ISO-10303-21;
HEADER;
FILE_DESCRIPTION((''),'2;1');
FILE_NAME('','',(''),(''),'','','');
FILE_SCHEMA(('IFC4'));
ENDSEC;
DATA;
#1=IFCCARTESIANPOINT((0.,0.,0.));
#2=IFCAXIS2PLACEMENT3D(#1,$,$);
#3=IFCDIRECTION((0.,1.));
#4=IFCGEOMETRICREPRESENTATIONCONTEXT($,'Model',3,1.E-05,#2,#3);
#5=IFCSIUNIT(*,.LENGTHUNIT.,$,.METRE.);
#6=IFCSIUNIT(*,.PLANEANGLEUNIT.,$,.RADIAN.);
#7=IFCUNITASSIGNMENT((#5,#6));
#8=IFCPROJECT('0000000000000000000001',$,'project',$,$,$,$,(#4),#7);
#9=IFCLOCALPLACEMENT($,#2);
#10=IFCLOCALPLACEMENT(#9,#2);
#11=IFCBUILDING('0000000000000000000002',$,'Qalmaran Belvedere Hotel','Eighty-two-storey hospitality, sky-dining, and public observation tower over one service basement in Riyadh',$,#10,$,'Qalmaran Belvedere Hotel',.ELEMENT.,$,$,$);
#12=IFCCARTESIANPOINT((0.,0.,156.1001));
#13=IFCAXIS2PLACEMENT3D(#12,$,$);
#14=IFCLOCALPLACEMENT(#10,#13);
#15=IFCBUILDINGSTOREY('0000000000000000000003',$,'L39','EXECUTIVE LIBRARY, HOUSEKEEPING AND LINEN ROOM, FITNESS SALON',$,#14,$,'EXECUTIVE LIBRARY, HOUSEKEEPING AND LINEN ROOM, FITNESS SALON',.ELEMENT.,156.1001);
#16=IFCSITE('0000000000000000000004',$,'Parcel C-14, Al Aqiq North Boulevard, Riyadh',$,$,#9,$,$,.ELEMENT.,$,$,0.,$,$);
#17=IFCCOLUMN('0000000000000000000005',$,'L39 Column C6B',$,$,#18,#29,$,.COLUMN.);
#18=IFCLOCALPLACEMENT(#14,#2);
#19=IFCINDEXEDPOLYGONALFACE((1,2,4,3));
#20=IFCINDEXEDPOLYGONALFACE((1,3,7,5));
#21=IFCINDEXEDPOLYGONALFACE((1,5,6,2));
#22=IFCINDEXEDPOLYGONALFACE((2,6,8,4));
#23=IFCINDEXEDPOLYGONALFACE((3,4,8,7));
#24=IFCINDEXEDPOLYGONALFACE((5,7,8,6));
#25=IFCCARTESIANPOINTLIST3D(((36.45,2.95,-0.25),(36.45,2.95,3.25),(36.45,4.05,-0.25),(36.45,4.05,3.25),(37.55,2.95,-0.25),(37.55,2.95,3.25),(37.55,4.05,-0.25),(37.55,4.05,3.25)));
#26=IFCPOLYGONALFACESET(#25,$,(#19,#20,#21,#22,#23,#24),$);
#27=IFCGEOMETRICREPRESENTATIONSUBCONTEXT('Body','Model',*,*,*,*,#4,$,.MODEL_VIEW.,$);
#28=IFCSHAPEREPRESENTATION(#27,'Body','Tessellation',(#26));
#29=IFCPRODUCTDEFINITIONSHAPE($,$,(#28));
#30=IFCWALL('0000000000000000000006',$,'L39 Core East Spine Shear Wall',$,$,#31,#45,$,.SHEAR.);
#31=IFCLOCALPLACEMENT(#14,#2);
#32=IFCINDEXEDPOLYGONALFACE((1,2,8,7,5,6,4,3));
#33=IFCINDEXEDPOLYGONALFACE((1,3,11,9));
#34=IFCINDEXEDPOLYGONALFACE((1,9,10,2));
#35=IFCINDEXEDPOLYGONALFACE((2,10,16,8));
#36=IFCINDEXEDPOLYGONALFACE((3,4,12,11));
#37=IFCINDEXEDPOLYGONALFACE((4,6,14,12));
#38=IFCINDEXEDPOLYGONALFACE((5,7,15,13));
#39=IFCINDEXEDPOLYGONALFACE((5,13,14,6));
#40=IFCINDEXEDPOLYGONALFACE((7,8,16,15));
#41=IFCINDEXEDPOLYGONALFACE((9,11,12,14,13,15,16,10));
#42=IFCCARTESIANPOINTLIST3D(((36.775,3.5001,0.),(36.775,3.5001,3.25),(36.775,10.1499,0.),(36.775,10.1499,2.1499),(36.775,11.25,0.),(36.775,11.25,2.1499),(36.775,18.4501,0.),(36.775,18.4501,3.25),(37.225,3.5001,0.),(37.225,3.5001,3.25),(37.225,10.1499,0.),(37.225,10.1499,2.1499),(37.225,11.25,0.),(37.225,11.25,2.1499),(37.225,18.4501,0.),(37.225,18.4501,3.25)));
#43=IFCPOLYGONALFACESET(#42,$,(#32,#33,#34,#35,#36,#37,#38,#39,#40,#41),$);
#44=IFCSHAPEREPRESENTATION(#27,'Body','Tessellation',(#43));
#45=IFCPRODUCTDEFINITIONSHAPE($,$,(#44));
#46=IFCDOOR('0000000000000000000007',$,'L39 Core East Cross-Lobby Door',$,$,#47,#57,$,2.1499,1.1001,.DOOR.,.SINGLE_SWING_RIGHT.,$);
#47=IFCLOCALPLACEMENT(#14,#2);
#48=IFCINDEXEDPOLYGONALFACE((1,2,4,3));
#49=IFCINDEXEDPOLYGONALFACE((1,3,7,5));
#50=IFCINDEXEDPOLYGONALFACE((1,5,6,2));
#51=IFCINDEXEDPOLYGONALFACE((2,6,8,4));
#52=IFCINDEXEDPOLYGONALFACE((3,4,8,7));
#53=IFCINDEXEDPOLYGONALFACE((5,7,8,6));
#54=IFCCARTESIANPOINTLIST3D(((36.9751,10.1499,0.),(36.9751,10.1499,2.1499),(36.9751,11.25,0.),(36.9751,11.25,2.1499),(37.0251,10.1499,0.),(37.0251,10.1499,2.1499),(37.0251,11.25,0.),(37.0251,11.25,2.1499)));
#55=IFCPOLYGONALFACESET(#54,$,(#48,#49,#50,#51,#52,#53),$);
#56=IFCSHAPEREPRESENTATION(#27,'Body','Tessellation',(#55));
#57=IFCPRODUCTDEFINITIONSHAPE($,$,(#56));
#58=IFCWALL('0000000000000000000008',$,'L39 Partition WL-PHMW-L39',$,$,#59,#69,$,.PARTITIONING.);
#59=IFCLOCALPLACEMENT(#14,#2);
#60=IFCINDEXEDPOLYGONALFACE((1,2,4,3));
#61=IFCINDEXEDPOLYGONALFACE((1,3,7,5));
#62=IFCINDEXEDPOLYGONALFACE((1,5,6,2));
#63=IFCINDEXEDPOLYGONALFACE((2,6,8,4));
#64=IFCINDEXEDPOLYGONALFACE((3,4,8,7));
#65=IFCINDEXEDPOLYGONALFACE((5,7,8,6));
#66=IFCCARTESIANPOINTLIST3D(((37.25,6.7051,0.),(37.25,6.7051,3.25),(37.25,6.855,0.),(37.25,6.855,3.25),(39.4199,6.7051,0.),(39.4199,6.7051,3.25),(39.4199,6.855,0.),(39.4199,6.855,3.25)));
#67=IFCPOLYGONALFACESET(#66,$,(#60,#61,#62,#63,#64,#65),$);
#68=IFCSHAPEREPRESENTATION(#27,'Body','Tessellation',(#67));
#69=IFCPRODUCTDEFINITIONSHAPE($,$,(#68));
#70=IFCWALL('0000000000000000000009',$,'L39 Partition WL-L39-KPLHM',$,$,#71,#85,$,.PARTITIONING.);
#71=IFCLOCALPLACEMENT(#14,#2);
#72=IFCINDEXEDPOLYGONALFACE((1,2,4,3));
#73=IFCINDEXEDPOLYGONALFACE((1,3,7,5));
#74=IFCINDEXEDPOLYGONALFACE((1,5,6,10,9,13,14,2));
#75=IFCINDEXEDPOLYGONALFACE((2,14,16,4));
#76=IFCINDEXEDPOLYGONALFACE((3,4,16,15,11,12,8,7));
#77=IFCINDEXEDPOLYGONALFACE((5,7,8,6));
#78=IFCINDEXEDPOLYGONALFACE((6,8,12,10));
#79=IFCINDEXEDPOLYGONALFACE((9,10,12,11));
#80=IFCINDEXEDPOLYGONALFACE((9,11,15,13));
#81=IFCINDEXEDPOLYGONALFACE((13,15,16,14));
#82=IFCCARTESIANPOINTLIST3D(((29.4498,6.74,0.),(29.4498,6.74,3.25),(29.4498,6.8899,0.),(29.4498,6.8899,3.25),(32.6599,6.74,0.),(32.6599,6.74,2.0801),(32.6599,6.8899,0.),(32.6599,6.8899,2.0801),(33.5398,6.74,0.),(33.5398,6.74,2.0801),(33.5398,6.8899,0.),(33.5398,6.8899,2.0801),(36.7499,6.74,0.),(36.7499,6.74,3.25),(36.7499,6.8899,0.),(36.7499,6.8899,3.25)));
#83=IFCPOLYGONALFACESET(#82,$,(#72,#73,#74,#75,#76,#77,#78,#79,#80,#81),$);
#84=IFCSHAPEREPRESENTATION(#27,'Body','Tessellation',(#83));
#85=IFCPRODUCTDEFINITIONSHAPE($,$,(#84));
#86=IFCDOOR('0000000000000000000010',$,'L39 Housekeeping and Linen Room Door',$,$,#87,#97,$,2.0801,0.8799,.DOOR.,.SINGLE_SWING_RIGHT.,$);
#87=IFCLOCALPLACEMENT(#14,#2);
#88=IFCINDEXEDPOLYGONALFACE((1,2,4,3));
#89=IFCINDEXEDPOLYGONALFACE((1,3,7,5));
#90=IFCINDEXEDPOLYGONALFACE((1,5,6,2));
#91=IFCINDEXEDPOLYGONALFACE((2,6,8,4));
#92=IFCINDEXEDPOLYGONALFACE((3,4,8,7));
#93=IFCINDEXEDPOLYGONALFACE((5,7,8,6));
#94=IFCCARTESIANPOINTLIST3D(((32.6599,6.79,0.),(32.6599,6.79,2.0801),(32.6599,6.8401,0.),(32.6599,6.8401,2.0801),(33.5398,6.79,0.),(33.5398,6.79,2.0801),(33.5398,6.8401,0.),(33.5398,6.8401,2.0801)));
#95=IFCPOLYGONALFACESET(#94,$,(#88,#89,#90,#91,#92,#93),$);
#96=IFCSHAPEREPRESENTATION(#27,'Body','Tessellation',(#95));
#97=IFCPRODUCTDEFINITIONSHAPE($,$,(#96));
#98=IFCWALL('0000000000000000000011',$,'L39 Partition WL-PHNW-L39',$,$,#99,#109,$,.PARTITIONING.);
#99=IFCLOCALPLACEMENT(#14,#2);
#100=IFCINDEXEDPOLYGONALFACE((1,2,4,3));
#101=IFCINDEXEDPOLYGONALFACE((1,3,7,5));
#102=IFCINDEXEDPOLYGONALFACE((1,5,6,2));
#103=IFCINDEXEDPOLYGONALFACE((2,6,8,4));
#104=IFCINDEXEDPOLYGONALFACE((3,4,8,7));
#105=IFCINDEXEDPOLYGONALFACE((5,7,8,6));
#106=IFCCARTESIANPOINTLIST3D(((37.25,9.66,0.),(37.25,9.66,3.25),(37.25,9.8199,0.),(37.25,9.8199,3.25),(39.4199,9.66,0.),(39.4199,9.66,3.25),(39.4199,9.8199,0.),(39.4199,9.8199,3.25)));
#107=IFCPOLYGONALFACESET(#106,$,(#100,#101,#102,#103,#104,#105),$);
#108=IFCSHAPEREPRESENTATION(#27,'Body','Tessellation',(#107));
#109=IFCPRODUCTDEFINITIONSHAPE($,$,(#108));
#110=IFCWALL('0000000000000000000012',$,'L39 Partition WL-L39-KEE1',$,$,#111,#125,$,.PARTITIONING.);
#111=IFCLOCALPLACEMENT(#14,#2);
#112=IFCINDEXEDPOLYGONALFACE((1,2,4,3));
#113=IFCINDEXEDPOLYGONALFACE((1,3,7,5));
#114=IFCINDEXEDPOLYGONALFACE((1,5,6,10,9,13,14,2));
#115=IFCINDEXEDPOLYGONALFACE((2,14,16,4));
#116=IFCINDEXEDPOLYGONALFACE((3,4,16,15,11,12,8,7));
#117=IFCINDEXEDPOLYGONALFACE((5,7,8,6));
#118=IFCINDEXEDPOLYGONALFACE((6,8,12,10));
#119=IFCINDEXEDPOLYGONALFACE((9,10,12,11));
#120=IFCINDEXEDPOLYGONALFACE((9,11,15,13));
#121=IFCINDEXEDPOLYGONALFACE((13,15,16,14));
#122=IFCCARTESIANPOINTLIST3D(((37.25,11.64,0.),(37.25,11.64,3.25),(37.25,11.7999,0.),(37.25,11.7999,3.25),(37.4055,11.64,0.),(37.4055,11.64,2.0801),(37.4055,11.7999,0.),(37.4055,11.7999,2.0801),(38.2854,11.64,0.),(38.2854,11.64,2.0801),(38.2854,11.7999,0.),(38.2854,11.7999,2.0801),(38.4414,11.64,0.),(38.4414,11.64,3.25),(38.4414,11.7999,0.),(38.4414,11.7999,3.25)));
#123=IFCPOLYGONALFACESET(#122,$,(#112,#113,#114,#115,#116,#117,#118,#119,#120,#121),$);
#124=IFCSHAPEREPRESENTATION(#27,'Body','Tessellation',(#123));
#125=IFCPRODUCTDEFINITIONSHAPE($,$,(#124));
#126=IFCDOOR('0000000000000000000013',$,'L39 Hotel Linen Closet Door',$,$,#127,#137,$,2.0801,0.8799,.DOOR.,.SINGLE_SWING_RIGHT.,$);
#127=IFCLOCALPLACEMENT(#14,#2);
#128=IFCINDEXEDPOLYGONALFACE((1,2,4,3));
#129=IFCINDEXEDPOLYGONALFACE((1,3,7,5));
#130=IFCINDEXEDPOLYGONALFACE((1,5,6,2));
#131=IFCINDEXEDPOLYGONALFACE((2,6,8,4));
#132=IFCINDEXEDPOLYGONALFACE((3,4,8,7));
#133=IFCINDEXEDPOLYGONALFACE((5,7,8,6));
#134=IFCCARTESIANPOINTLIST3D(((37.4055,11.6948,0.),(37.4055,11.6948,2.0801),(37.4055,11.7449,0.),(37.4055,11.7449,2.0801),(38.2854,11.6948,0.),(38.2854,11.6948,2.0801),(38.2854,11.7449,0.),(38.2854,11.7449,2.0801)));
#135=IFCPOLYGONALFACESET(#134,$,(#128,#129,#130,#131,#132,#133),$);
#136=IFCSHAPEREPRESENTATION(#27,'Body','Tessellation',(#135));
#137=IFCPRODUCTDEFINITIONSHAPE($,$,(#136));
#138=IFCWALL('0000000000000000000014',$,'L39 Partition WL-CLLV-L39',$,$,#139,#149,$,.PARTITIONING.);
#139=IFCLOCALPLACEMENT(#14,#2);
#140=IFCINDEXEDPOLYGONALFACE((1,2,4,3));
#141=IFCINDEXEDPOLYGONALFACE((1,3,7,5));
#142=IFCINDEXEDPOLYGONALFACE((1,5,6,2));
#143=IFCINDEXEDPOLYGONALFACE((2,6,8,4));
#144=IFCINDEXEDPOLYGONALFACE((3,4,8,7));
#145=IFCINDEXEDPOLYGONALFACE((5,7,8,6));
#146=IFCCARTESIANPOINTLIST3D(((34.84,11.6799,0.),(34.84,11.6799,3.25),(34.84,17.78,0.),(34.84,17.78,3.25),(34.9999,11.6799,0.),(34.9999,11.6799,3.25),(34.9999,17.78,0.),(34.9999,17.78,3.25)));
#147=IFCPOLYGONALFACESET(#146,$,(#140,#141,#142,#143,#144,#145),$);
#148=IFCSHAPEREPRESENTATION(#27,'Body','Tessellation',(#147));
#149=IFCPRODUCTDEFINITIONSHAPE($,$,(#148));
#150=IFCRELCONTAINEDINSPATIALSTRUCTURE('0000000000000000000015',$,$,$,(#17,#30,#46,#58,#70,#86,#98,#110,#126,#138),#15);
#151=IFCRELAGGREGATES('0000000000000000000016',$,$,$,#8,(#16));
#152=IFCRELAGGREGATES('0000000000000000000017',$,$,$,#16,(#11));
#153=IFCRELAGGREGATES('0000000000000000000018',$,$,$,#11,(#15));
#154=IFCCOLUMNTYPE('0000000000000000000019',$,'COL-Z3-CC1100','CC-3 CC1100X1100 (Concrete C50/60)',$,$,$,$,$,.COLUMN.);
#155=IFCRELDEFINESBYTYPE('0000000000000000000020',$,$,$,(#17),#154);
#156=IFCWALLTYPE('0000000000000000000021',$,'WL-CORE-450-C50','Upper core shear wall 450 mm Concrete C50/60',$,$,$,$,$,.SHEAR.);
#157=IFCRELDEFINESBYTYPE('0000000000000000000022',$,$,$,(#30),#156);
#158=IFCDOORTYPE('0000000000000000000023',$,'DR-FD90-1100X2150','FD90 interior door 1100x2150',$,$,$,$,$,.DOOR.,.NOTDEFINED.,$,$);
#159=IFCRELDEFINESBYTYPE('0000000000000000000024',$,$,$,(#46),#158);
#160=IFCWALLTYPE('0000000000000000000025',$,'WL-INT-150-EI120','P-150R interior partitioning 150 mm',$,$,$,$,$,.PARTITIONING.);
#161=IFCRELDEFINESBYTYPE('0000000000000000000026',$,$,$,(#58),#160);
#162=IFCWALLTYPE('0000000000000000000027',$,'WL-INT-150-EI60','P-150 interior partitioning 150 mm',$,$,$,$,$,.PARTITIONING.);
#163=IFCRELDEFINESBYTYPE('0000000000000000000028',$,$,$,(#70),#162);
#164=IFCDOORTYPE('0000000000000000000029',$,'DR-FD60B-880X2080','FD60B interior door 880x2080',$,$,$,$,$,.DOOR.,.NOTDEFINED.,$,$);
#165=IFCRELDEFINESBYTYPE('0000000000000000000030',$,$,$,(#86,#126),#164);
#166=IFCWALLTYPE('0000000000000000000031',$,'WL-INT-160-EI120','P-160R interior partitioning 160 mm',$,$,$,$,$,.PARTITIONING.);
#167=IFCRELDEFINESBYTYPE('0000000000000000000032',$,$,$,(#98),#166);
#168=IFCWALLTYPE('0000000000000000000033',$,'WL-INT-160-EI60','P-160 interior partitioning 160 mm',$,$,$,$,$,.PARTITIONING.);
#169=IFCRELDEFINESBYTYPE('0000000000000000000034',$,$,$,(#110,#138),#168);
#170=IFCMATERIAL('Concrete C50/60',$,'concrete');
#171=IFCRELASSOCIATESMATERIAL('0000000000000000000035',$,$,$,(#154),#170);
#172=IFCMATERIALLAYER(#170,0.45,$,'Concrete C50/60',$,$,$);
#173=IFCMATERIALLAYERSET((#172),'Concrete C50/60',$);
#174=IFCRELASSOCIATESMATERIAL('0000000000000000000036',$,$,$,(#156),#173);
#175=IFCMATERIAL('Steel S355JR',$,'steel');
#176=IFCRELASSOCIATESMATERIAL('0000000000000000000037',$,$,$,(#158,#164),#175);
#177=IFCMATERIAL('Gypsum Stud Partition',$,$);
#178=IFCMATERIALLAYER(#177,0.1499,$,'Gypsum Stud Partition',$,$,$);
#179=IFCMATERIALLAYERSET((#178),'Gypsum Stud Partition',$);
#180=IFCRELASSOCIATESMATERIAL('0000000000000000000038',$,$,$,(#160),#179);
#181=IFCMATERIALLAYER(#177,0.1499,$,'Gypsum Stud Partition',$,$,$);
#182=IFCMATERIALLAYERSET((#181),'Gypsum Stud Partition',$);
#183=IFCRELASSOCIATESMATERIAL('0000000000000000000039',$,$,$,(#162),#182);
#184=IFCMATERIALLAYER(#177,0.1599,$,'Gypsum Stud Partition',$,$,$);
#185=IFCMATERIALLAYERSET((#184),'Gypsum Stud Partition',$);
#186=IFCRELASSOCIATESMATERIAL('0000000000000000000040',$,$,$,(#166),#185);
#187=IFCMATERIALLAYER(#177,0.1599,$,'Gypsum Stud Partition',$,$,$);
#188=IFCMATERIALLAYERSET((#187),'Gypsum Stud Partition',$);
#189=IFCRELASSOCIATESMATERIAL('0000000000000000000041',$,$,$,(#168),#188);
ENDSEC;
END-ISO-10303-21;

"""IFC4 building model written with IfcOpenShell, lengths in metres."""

from ifc_helpers import new_model, si_unit, direction, frame, frame_2d, origin, origin_2d, place, context, subcontext, project, spatial, rectangle, extrude, material, layer, layer_set, material_profile, profile_set, type_object, element, fill, save


model = new_model("IFC4")

# Units and contexts
model_context = context("Model", 3, precision=1e-05, world=origin(), true_north=direction((0.0, 1.0)))
body_context = subcontext(model_context, "Body", "Model", "MODEL_VIEW")
ifc_project = project(units=[si_unit("LENGTHUNIT", "METRE"), si_unit("PLANEANGLEUNIT", "RADIAN")], contexts=[model_context])

# Site, building, storey
site_placement = place(None, origin())
site = spatial("IfcSite", under=ifc_project, at=site_placement, Name="Parcel C-14, Al Aqiq North Boulevard, Riyadh", CompositionType="ELEMENT", RefElevation=0.0)
building_placement = place(site_placement, origin())
building = spatial("IfcBuilding", under=site, at=building_placement, Name="Qalmaran Belvedere Hotel", Description="Eighty-two-storey hospitality, sky-dining, and public observation tower over one service basement in Riyadh", LongName="Qalmaran Belvedere Hotel", CompositionType="ELEMENT")
storey_placement = place(building_placement, frame((0.0, 0.0, 156.1001)))
storey = spatial("IfcBuildingStorey", under=building, at=storey_placement, Name="L39", Description="EXECUTIVE LIBRARY, HOUSEKEEPING AND LINEN ROOM, FITNESS SALON", LongName="EXECUTIVE LIBRARY, HOUSEKEEPING AND LINEN ROOM, FITNESS SALON", CompositionType="ELEMENT", Elevation=156.1001)

# Column
ifc_material_1 = material(Name="Concrete C50/60", Category="concrete")
ifc_material_profile = material_profile(ifc_material_1, rectangle(XDim=1.1001, YDim=1.1001, at=origin_2d()), Name="CC1100X1100")
ifc_profile_set = profile_set([ifc_material_profile], Name="Concrete C50/60")
column_type = type_object("IfcColumnType", Name="COL-Z3-CC1100", Description="CC-3 CC1100X1100 (Concrete C50/60)", PredefinedType="COLUMN", material=ifc_profile_set)
column_placement = place(storey_placement, frame((37.0, 3.5, -0.25), z_axis=(0.0, 0.0, 1.0), x_axis=(1.0, 0.0, 0.0)))
element("IfcColumn", 1, at=column_placement, inside=storey, type_object=column_type, Name="L39 Column C6B", PredefinedType="COLUMN", context=body_context, shape_type="SweptSolid", body=[
    extrude(rectangle(XDim=1.1001, YDim=1.1001, at=origin_2d()), origin(), (0.0, 0.0, 1.0), 3.5),
])

# Wall, opening, door
ifc_layer_1 = layer(ifc_material_1, 0.45, Name="Concrete C50/60")
ifc_layer_set_1 = layer_set([ifc_layer_1], Name="Concrete C50/60")
wall_type_1 = type_object("IfcWallType", Name="WL-CORE-450-C50", Description="Upper core shear wall 450 mm Concrete C50/60", PredefinedType="SHEAR", material=ifc_layer_set_1)
wall_1_placement = place(storey_placement, frame((37.0, 3.5, 0.0), z_axis=(0.0, 0.0, 1.0), x_axis=(0.0, 1.0, 0.0)))
wall_1 = element("IfcWall", 2, at=wall_1_placement, inside=storey, type_object=wall_type_1, Name="L39 Core East Spine Shear Wall", PredefinedType="SHEAR", context=body_context, shape_type="SweptSolid", body=[
    extrude(rectangle(XDim=14.95, YDim=0.45, at=frame_2d((7.4751, 0.0))), origin(), (0.0, 0.0, 1.0), 3.25),
])
opening_1_placement = place(wall_1_placement, frame((6.6499, 0.0, 0.0)))
opening_1 = element("IfcOpeningElement", 3, at=opening_1_placement, cuts=wall_1, PredefinedType="OPENING", context=body_context, shape_type="SweptSolid", body=[
    extrude(rectangle(XDim=1.1001, YDim=2.1499, at=frame_2d((0.55, 1.075))), frame((0.0, 0.2349, 0.0), z_axis=(0.0, -1.0, 0.0), x_axis=(1.0, 0.0, 0.0)), (0.0, 0.0, 1.0), 0.47),
])
ifc_material_2 = material(Name="Steel S355JR", Category="steel")
door_type_1 = type_object("IfcDoorType", Name="DR-FD90-1100X2150", Description="FD90 interior door 1100x2150", OperationType="NOTDEFINED", PredefinedType="DOOR", material=ifc_material_2)
door_1_placement = place(opening_1_placement, origin())
door_1 = element("IfcDoor", 4, at=door_1_placement, inside=storey, type_object=door_type_1, Name="L39 Core East Cross-Lobby Door", OperationType="SINGLE_SWING_RIGHT", OverallHeight=2.1499, OverallWidth=1.1001, PredefinedType="DOOR", context=body_context, shape_type="SweptSolid", body=[
    extrude(rectangle(XDim=1.1001, YDim=2.1499, at=frame_2d((0.55, 1.075))), frame((0.0, 0.0249, 0.0), z_axis=(0.0, -1.0, 0.0), x_axis=(1.0, 0.0, 0.0)), (0.0, 0.0, 1.0), 0.05),
])
fill(opening_1, door_1)

# Wall
ifc_material_3 = material(Name="Gypsum Stud Partition")
ifc_layer_2 = layer(ifc_material_3, 0.1499, Name="Gypsum Stud Partition")
ifc_layer_set_2 = layer_set([ifc_layer_2], Name="Gypsum Stud Partition")
wall_type_2 = type_object("IfcWallType", Name="WL-INT-150-EI120", Description="P-150R interior partitioning 150 mm", PredefinedType="PARTITIONING", material=ifc_layer_set_2)
wall_2_placement = place(storey_placement, frame((37.25, 6.78, 0.0), z_axis=(0.0, 0.0, 1.0), x_axis=(1.0, 0.0, 0.0)))
element("IfcWall", 5, at=wall_2_placement, inside=storey, type_object=wall_type_2, Name="L39 Partition WL-PHMW-L39", PredefinedType="PARTITIONING", context=body_context, shape_type="SweptSolid", body=[
    extrude(rectangle(XDim=2.1699, YDim=0.1499, at=frame_2d((1.085, 0.0))), origin(), (0.0, 0.0, 1.0), 3.25),
])

# Wall, opening, door
ifc_layer_3 = layer(ifc_material_3, 0.1499, Name="Gypsum Stud Partition")
ifc_layer_set_3 = layer_set([ifc_layer_3], Name="Gypsum Stud Partition")
wall_type_3 = type_object("IfcWallType", Name="WL-INT-150-EI60", Description="P-150 interior partitioning 150 mm", PredefinedType="PARTITIONING", material=ifc_layer_set_3)
wall_3_placement = place(storey_placement, frame((29.45, 6.8149, 0.0), z_axis=(0.0, 0.0, 1.0), x_axis=(1.0, 0.0, 0.0)))
wall_3 = element("IfcWall", 6, at=wall_3_placement, inside=storey, type_object=wall_type_3, Name="L39 Partition WL-L39-KPLHM", PredefinedType="PARTITIONING", context=body_context, shape_type="SweptSolid", body=[
    extrude(rectangle(XDim=7.3, YDim=0.1499, at=frame_2d((3.6499, 0.0))), origin(), (0.0, 0.0, 1.0), 3.25),
])
opening_2_placement = place(wall_3_placement, frame((4.0898, 0.0, 0.0), z_axis=(0.0, 0.0, 1.0), x_axis=(-1.0, 0.0, 0.0)))
opening_2 = element("IfcOpeningElement", 7, at=opening_2_placement, cuts=wall_3, PredefinedType="OPENING", context=body_context, shape_type="SweptSolid", body=[
    extrude(rectangle(XDim=0.8799, YDim=2.0801, at=frame_2d((0.4399, 1.04))), frame((0.0, 0.085, 0.0), z_axis=(0.0, -1.0, 0.0), x_axis=(1.0, 0.0, 0.0)), (0.0, 0.0, 1.0), 0.1699),
])
door_type_2 = type_object("IfcDoorType", Name="DR-FD60B-880X2080", Description="FD60B interior door 880x2080", OperationType="NOTDEFINED", PredefinedType="DOOR", material=ifc_material_2)
door_2_placement = place(opening_2_placement, origin())
door_2 = element("IfcDoor", 8, at=door_2_placement, inside=storey, type_object=door_type_2, Name="L39 Housekeeping and Linen Room Door", OperationType="SINGLE_SWING_RIGHT", OverallHeight=2.0801, OverallWidth=0.8799, PredefinedType="DOOR", context=body_context, shape_type="SweptSolid", body=[
    extrude(rectangle(XDim=0.8799, YDim=2.0801, at=frame_2d((0.4399, 1.04))), frame((0.0, 0.0249, 0.0), z_axis=(0.0, -1.0, 0.0), x_axis=(1.0, 0.0, 0.0)), (0.0, 0.0, 1.0), 0.05),
])
fill(opening_2, door_2)

# Wall
ifc_layer_4 = layer(ifc_material_3, 0.1599, Name="Gypsum Stud Partition")
ifc_layer_set_4 = layer_set([ifc_layer_4], Name="Gypsum Stud Partition")
wall_type_4 = type_object("IfcWallType", Name="WL-INT-160-EI120", Description="P-160R interior partitioning 160 mm", PredefinedType="PARTITIONING", material=ifc_layer_set_4)
wall_4_placement = place(storey_placement, frame((37.25, 9.74, 0.0), z_axis=(0.0, 0.0, 1.0), x_axis=(1.0, 0.0, 0.0)))
element("IfcWall", 9, at=wall_4_placement, inside=storey, type_object=wall_type_4, Name="L39 Partition WL-PHNW-L39", PredefinedType="PARTITIONING", context=body_context, shape_type="SweptSolid", body=[
    extrude(rectangle(XDim=2.1699, YDim=0.1599, at=frame_2d((1.085, 0.0))), origin(), (0.0, 0.0, 1.0), 3.25),
])

# Wall, opening, door
ifc_layer_5 = layer(ifc_material_3, 0.1599, Name="Gypsum Stud Partition")
ifc_layer_set_5 = layer_set([ifc_layer_5], Name="Gypsum Stud Partition")
wall_type_5 = type_object("IfcWallType", Name="WL-INT-160-EI60", Description="P-160 interior partitioning 160 mm", PredefinedType="PARTITIONING", material=ifc_layer_set_5)
wall_5_placement = place(storey_placement, frame((37.25, 11.72, 0.0), z_axis=(0.0, 0.0, 1.0), x_axis=(1.0, 0.0, 0.0)))
wall_5 = element("IfcWall", 10, at=wall_5_placement, inside=storey, type_object=wall_type_5, Name="L39 Partition WL-L39-KEE1", PredefinedType="PARTITIONING", context=body_context, shape_type="SweptSolid", body=[
    extrude(rectangle(XDim=1.1914, YDim=0.1599, at=frame_2d((0.5957, 0.0))), origin(), (0.0, 0.0, 1.0), 3.25),
])
opening_3_placement = place(wall_5_placement, frame((0.1555, 0.0, 0.0)))
opening_3 = element("IfcOpeningElement", 11, at=opening_3_placement, cuts=wall_5, PredefinedType="OPENING", context=body_context, shape_type="SweptSolid", body=[
    extrude(rectangle(XDim=0.8799, YDim=2.0801, at=frame_2d((0.4399, 1.04))), frame((0.0, 0.0898, 0.0), z_axis=(0.0, -1.0, 0.0), x_axis=(1.0, 0.0, 0.0)), (0.0, 0.0, 1.0), 0.1799),
])
door_3_placement = place(opening_3_placement, origin())
door_3 = element("IfcDoor", 12, at=door_3_placement, inside=storey, type_object=door_type_2, Name="L39 Hotel Linen Closet Door", OperationType="SINGLE_SWING_RIGHT", OverallHeight=2.0801, OverallWidth=0.8799, PredefinedType="DOOR", context=body_context, shape_type="SweptSolid", body=[
    extrude(rectangle(XDim=0.8799, YDim=2.0801, at=frame_2d((0.4399, 1.04))), frame((0.0, 0.0249, 0.0), z_axis=(0.0, -1.0, 0.0), x_axis=(1.0, 0.0, 0.0)), (0.0, 0.0, 1.0), 0.05),
])
fill(opening_3, door_3)

# Wall
wall_6_placement = place(storey_placement, frame((34.9199, 11.6799, 0.0), z_axis=(0.0, 0.0, 1.0), x_axis=(0.0, 1.0, 0.0)))
element("IfcWall", 13, at=wall_6_placement, inside=storey, type_object=wall_type_5, Name="L39 Partition WL-CLLV-L39", PredefinedType="PARTITIONING", context=body_context, shape_type="SweptSolid", body=[
    extrude(rectangle(XDim=6.1001, YDim=0.1599, at=frame_2d((3.05, 0.0))), origin(), (0.0, 0.0, 1.0), 3.25),
])

save(model, "model.ifc")
